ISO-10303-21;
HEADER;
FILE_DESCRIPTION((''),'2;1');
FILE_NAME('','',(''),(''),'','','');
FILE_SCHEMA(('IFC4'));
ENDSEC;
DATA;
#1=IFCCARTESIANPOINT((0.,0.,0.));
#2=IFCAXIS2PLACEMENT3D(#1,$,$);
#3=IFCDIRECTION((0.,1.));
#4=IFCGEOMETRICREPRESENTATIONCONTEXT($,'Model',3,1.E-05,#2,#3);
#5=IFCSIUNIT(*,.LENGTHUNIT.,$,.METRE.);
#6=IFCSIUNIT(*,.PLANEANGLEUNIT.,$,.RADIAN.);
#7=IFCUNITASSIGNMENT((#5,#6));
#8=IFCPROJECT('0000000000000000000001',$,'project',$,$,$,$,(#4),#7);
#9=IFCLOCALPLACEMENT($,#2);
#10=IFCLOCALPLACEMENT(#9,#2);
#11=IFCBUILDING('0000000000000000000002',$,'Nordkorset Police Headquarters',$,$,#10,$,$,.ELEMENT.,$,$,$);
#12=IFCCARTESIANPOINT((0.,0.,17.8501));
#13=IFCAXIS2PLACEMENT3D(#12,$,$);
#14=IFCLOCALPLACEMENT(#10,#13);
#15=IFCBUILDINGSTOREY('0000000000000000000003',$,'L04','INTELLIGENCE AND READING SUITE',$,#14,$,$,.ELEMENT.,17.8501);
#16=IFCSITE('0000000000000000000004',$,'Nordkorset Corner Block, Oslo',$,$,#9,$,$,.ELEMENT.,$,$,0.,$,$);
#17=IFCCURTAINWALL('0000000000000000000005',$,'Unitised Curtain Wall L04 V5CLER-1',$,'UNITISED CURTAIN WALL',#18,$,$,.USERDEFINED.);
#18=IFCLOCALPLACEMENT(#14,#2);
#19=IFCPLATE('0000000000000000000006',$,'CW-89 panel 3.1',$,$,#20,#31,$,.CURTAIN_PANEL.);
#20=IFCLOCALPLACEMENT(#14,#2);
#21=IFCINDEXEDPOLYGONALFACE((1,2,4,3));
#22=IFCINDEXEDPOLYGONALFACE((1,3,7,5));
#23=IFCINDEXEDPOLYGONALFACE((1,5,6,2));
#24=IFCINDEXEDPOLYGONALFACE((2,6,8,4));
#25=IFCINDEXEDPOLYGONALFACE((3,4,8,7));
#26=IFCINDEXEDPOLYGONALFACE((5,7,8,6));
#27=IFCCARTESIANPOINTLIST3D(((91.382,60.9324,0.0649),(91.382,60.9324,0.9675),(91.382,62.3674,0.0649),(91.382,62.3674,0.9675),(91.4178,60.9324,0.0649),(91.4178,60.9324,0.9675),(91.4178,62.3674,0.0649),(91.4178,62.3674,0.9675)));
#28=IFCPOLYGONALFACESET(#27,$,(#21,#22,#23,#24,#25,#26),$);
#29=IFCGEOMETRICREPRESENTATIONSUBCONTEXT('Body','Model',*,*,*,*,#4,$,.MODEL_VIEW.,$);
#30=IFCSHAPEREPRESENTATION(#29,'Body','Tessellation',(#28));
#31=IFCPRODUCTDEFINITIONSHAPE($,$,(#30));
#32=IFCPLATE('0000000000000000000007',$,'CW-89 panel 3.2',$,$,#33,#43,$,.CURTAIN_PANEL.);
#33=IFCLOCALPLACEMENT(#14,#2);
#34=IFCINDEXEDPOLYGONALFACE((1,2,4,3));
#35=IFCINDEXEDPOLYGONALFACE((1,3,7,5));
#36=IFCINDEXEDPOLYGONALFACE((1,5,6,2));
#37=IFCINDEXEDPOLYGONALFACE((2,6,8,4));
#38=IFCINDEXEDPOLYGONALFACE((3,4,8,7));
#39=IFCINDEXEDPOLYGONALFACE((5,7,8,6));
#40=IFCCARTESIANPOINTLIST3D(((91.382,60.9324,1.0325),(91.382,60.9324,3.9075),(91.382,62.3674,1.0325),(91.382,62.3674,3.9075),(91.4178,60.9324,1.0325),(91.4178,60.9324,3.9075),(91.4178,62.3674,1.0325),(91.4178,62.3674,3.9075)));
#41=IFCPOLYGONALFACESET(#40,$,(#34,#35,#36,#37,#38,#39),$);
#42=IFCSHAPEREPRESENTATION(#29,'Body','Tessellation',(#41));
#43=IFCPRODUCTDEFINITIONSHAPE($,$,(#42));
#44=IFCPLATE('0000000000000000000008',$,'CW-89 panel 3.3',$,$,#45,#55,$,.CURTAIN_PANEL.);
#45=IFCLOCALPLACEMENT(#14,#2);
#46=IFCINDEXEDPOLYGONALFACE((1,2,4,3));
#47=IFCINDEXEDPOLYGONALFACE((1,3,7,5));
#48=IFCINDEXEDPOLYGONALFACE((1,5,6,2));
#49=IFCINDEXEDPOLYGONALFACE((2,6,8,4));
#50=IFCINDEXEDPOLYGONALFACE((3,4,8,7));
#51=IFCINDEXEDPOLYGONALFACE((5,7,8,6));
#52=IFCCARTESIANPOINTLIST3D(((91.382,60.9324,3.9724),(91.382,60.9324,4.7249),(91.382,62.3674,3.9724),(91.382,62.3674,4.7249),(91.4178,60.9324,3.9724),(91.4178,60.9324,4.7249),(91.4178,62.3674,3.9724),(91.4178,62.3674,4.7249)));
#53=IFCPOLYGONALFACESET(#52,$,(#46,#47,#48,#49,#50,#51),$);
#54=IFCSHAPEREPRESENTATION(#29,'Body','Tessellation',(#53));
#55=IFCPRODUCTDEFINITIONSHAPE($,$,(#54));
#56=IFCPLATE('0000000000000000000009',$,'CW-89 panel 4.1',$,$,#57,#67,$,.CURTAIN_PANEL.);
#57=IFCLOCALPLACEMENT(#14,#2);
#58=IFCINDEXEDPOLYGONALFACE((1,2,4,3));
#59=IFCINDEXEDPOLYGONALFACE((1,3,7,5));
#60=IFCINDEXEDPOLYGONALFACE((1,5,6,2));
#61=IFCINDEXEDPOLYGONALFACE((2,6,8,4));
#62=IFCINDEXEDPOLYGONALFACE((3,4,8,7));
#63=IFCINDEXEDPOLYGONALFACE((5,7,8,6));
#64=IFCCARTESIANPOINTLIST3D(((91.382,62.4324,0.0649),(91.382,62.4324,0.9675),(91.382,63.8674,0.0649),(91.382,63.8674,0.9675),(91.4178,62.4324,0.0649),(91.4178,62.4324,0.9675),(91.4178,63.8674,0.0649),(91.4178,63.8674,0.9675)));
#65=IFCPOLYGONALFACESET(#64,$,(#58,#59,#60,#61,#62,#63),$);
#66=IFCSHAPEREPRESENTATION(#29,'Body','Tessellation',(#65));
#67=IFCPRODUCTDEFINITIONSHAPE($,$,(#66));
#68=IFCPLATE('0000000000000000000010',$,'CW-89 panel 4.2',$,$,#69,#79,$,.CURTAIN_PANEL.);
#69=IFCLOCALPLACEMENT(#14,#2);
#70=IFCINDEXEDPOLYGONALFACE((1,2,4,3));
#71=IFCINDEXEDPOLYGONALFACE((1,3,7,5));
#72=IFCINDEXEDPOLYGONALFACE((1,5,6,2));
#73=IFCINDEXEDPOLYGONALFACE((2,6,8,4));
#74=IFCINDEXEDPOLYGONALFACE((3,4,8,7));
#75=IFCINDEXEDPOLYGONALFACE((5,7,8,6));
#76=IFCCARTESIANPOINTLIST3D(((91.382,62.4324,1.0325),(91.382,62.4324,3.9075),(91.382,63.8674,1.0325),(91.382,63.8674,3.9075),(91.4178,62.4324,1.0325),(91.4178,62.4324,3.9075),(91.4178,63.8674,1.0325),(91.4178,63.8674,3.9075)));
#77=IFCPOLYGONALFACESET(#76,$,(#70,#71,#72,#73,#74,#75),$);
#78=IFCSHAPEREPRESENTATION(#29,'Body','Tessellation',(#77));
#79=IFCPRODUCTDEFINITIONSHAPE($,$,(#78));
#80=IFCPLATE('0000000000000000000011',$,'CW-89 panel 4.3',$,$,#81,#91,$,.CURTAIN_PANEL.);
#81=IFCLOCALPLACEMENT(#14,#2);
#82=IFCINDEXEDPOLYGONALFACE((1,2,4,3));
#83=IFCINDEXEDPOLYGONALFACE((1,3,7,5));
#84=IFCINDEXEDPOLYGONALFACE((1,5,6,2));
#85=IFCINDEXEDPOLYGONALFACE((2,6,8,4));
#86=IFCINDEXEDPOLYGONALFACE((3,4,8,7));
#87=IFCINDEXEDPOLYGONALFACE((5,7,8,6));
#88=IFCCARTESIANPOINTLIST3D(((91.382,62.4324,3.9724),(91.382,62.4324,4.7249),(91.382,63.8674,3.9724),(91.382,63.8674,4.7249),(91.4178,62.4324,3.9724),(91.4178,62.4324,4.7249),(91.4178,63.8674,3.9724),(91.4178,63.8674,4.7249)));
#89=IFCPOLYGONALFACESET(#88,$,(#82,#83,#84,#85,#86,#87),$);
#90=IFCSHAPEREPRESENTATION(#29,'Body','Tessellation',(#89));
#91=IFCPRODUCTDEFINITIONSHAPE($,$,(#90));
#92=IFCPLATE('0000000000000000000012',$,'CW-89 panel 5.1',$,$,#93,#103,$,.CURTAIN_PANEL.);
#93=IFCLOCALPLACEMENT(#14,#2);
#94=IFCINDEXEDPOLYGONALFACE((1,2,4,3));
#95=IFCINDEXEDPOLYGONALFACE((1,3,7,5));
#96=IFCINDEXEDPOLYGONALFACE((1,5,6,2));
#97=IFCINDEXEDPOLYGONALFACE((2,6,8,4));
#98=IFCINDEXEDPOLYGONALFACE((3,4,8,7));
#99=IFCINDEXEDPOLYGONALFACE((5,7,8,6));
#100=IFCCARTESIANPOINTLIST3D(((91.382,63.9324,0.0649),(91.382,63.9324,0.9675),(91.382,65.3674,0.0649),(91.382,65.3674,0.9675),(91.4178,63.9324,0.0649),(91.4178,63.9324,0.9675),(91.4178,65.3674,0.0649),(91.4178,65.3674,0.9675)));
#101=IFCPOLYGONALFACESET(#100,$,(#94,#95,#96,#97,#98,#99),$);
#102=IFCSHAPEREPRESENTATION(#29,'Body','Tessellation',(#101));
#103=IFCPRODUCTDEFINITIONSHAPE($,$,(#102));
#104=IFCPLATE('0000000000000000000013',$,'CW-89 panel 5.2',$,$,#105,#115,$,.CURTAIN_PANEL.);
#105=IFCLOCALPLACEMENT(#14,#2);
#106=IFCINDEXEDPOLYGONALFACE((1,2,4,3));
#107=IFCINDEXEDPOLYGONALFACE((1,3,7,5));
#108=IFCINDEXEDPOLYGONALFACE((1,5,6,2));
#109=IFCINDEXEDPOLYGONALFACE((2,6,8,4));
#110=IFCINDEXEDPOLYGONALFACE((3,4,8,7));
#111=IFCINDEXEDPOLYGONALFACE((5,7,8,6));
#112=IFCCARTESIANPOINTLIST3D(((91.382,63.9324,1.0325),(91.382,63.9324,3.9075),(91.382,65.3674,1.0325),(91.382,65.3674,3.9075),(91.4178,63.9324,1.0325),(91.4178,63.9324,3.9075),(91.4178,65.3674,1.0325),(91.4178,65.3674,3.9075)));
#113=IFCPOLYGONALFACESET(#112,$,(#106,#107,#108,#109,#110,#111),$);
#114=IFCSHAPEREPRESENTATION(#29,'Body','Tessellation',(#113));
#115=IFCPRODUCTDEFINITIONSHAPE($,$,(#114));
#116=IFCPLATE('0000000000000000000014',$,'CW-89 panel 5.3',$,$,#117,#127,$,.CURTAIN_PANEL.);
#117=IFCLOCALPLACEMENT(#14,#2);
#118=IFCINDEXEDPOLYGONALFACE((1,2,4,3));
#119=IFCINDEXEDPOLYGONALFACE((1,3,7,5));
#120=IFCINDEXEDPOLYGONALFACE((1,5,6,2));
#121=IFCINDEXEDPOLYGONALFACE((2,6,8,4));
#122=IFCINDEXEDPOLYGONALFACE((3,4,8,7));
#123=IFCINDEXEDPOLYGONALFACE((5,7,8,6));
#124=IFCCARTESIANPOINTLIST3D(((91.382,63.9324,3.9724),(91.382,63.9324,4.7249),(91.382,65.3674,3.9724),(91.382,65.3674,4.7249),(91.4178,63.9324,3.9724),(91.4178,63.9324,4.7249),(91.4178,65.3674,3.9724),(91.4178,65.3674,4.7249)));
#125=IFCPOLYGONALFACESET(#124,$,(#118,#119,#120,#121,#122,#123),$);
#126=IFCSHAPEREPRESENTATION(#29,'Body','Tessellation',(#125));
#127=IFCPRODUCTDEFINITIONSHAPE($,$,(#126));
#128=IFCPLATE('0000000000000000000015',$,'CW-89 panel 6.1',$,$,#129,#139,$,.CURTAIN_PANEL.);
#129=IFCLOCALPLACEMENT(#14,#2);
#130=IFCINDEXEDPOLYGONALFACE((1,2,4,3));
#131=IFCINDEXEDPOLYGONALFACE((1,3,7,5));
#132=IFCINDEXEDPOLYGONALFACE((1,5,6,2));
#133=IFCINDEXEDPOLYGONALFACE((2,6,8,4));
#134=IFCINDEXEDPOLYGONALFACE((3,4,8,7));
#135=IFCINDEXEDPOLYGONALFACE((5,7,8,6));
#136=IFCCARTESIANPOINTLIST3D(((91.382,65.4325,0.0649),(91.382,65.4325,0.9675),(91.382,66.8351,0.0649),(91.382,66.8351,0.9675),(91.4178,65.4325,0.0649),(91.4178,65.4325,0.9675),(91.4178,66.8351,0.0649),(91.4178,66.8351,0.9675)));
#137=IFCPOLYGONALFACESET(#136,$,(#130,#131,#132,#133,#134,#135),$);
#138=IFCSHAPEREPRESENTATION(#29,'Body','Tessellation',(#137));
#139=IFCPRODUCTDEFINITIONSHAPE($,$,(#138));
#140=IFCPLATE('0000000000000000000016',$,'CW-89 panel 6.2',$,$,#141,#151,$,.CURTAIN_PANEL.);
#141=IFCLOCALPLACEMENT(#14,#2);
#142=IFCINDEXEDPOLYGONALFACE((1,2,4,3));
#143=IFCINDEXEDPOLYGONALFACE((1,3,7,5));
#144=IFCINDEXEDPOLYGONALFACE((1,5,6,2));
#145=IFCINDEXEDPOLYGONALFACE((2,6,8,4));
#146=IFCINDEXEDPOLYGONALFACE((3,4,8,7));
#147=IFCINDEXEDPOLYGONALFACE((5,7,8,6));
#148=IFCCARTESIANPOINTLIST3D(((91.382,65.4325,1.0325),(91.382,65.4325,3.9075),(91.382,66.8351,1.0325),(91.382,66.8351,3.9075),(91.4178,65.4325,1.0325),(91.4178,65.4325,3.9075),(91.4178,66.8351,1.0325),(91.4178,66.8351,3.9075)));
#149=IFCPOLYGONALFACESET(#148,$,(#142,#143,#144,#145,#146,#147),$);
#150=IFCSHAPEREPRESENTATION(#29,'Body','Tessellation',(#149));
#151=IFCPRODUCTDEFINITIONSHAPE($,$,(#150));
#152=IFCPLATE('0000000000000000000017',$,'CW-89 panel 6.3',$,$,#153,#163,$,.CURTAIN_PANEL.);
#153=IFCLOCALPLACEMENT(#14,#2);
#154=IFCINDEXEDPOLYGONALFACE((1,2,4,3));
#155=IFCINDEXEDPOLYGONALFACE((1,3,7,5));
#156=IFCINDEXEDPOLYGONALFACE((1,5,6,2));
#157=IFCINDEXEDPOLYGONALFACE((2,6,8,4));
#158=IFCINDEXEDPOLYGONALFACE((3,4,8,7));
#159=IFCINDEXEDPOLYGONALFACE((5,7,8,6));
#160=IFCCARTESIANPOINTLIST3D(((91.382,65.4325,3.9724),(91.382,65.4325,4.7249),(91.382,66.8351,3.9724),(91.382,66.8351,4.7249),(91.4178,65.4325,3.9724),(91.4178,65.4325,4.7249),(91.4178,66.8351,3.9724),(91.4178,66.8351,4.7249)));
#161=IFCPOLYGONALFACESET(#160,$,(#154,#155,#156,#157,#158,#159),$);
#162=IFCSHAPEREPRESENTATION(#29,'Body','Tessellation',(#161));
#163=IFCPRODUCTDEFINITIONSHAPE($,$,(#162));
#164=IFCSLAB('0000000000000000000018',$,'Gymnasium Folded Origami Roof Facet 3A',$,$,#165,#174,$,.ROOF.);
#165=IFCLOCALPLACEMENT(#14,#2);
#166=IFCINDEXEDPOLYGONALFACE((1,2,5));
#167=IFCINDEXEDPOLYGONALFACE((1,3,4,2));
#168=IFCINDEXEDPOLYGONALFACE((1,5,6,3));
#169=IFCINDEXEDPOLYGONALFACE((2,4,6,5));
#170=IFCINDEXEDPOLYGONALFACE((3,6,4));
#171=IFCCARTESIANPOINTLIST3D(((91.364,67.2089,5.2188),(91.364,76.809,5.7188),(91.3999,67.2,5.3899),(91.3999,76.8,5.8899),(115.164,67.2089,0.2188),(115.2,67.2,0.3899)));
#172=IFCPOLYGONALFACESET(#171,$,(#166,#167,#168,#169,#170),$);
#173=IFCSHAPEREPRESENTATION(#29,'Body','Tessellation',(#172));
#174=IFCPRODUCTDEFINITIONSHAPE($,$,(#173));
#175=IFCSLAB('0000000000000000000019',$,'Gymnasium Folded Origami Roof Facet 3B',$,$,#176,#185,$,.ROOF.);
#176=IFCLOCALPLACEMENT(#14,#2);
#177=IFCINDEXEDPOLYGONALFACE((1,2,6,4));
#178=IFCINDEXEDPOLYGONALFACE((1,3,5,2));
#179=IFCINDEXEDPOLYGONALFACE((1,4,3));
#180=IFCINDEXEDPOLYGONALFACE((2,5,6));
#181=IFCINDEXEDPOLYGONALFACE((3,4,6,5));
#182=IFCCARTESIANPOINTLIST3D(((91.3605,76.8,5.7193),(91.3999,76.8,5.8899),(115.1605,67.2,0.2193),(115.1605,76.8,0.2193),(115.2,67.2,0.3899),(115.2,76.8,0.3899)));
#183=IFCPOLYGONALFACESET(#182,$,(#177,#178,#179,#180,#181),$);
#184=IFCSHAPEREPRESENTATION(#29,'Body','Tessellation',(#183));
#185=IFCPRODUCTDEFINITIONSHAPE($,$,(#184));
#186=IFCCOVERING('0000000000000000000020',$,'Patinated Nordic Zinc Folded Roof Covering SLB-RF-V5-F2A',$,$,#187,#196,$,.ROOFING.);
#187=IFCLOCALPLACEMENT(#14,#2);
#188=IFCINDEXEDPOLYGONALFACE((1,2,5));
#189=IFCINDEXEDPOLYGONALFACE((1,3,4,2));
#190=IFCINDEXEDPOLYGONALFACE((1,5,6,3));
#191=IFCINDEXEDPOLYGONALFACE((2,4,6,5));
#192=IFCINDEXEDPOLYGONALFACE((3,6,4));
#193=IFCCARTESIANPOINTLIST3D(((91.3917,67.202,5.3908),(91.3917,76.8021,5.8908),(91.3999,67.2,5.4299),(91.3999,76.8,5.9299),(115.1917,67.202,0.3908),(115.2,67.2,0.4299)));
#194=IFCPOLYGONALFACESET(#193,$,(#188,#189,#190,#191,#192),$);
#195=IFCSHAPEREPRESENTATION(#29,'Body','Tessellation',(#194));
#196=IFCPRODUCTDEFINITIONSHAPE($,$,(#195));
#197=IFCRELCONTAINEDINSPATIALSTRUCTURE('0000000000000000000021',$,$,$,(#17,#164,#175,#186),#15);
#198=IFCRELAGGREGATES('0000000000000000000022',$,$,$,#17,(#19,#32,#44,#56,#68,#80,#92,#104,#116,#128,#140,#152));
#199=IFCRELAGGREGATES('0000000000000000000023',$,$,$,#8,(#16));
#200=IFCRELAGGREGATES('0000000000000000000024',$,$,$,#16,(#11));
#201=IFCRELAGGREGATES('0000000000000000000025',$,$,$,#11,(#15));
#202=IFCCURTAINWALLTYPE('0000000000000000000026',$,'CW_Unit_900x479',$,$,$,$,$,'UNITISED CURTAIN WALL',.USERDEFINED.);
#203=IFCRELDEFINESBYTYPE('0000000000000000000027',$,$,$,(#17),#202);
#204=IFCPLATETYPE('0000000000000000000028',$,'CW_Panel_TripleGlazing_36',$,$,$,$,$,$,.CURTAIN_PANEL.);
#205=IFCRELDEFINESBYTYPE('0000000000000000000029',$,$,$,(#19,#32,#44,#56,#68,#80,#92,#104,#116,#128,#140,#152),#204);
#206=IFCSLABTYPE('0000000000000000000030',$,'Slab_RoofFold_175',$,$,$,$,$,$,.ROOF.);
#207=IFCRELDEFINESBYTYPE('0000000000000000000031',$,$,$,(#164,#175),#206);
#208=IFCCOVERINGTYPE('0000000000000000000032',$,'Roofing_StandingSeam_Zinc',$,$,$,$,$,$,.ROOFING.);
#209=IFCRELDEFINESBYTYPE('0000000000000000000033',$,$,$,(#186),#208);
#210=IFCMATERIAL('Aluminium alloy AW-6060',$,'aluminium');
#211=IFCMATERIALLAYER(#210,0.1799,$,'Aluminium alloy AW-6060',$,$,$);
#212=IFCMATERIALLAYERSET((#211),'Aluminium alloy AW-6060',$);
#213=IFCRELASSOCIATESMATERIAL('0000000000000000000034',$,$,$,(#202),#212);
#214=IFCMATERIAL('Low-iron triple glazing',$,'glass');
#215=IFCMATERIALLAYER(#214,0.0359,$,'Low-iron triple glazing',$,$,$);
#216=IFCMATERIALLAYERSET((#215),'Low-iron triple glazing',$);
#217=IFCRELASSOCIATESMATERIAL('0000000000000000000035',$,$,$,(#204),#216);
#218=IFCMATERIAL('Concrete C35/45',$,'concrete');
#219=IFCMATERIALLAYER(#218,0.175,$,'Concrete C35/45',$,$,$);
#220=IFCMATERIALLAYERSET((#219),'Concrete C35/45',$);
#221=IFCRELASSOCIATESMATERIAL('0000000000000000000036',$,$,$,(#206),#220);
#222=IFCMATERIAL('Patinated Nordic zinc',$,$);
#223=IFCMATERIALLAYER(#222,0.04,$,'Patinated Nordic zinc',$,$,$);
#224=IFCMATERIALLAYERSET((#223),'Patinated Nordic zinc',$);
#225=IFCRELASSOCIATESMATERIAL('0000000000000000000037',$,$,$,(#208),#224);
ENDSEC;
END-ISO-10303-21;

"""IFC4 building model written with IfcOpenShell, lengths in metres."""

from ifc_helpers import new_model, si_unit, direction, frame, origin, origin_2d, place, context, subcontext, project, spatial, polyline, rectangle, outline, extrude, material, layer, layer_set, type_object, element, aggregate, save


model = new_model("IFC4")

# Units and contexts
model_context = context("Model", 3, precision=1e-05, world=origin(), true_north=direction((0.0, 1.0)))
body_context = subcontext(model_context, "Body", "Model", "MODEL_VIEW")
ifc_project = project(units=[si_unit("LENGTHUNIT", "METRE"), si_unit("PLANEANGLEUNIT", "RADIAN")], contexts=[model_context])

# Site, building, storey
site_placement = place(None, origin())
site = spatial("IfcSite", under=ifc_project, at=site_placement, Name="Nordkorset Corner Block, Oslo", CompositionType="ELEMENT", RefElevation=0.0)
building_placement = place(site_placement, origin())
building = spatial("IfcBuilding", under=site, at=building_placement, Name="Nordkorset Police Headquarters", CompositionType="ELEMENT")
storey_placement = place(building_placement, frame((0.0, 0.0, 17.8501)))
storey = spatial("IfcBuildingStorey", under=building, at=storey_placement, Name="L04", Description="INTELLIGENCE AND READING SUITE", CompositionType="ELEMENT", Elevation=17.8501)

# Curtain wall
ifc_material_1 = material(Name="Aluminium alloy AW-6060", Category="aluminium")
ifc_layer_1 = layer(ifc_material_1, 0.1799, Name="Aluminium alloy AW-6060")
ifc_layer_set_1 = layer_set([ifc_layer_1], Name="Aluminium alloy AW-6060")
curtain_wall_type = type_object("IfcCurtainWallType", Name="CW_Unit_900x479", ElementType="UNITISED CURTAIN WALL", PredefinedType="USERDEFINED", material=ifc_layer_set_1)
curtain_wall_placement = place(storey_placement, origin())
curtain_wall = element("IfcCurtainWall", 1, at=curtain_wall_placement, inside=storey, type_object=curtain_wall_type, Name="Unitised Curtain Wall L04 V5CLER-1", ObjectType="UNITISED CURTAIN WALL", PredefinedType="USERDEFINED")

# Plates
ifc_material_2 = material(Name="Low-iron triple glazing", Category="glass")
ifc_layer_2 = layer(ifc_material_2, 0.0359, Name="Low-iron triple glazing")
ifc_layer_set_2 = layer_set([ifc_layer_2], Name="Low-iron triple glazing")
plate_type = type_object("IfcPlateType", Name="CW_Panel_TripleGlazing_36", PredefinedType="CURTAIN_PANEL", material=ifc_layer_set_2)
plate_1_placement = place(storey_placement, frame((91.3999, 61.6499, 0.0649), z_axis=(0.0, 0.0, 1.0), x_axis=(0.0, 1.0, 0.0)))
plate_1 = element("IfcPlate", 2, at=plate_1_placement, type_object=plate_type, Name="CW-89 panel 3.1", PredefinedType="CURTAIN_PANEL", context=body_context, shape_type="SweptSolid", body=[
    extrude(rectangle(XDim=1.4351, YDim=0.0359, at=origin_2d()), origin(), (0.0, 0.0, 1.0), 0.9026),
])
plate_2_placement = place(storey_placement, frame((91.3999, 61.6499, 1.0325), z_axis=(0.0, 0.0, 1.0), x_axis=(0.0, 1.0, 0.0)))
plate_2 = element("IfcPlate", 3, at=plate_2_placement, type_object=plate_type, Name="CW-89 panel 3.2", PredefinedType="CURTAIN_PANEL", context=body_context, shape_type="SweptSolid", body=[
    extrude(rectangle(XDim=1.4351, YDim=0.0359, at=origin_2d()), origin(), (0.0, 0.0, 1.0), 2.875),
])
plate_3_placement = place(storey_placement, frame((91.3999, 61.6499, 3.9724), z_axis=(0.0, 0.0, 1.0), x_axis=(0.0, 1.0, 0.0)))
plate_3 = element("IfcPlate", 4, at=plate_3_placement, type_object=plate_type, Name="CW-89 panel 3.3", PredefinedType="CURTAIN_PANEL", context=body_context, shape_type="SweptSolid", body=[
    extrude(rectangle(XDim=1.4351, YDim=0.0359, at=origin_2d()), origin(), (0.0, 0.0, 1.0), 0.7524),
])
plate_4_placement = place(storey_placement, frame((91.3999, 63.1499, 0.0649), z_axis=(0.0, 0.0, 1.0), x_axis=(0.0, 1.0, 0.0)))
plate_4 = element("IfcPlate", 5, at=plate_4_placement, type_object=plate_type, Name="CW-89 panel 4.1", PredefinedType="CURTAIN_PANEL", context=body_context, shape_type="SweptSolid", body=[
    extrude(rectangle(XDim=1.4351, YDim=0.0359, at=origin_2d()), origin(), (0.0, 0.0, 1.0), 0.9026),
])
plate_5_placement = place(storey_placement, frame((91.3999, 63.1499, 1.0325), z_axis=(0.0, 0.0, 1.0), x_axis=(0.0, 1.0, 0.0)))
plate_5 = element("IfcPlate", 6, at=plate_5_placement, type_object=plate_type, Name="CW-89 panel 4.2", PredefinedType="CURTAIN_PANEL", context=body_context, shape_type="SweptSolid", body=[
    extrude(rectangle(XDim=1.4351, YDim=0.0359, at=origin_2d()), origin(), (0.0, 0.0, 1.0), 2.875),
])
plate_6_placement = place(storey_placement, frame((91.3999, 63.1499, 3.9724), z_axis=(0.0, 0.0, 1.0), x_axis=(0.0, 1.0, 0.0)))
plate_6 = element("IfcPlate", 7, at=plate_6_placement, type_object=plate_type, Name="CW-89 panel 4.3", PredefinedType="CURTAIN_PANEL", context=body_context, shape_type="SweptSolid", body=[
    extrude(rectangle(XDim=1.4351, YDim=0.0359, at=origin_2d()), origin(), (0.0, 0.0, 1.0), 0.7524),
])
plate_7_placement = place(storey_placement, frame((91.3999, 64.6499, 0.0649), z_axis=(0.0, 0.0, 1.0), x_axis=(0.0, 1.0, 0.0)))
plate_7 = element("IfcPlate", 8, at=plate_7_placement, type_object=plate_type, Name="CW-89 panel 5.1", PredefinedType="CURTAIN_PANEL", context=body_context, shape_type="SweptSolid", body=[
    extrude(rectangle(XDim=1.4351, YDim=0.0359, at=origin_2d()), origin(), (0.0, 0.0, 1.0), 0.9026),
])
plate_8_placement = place(storey_placement, frame((91.3999, 64.6499, 1.0325), z_axis=(0.0, 0.0, 1.0), x_axis=(0.0, 1.0, 0.0)))
plate_8 = element("IfcPlate", 9, at=plate_8_placement, type_object=plate_type, Name="CW-89 panel 5.2", PredefinedType="CURTAIN_PANEL", context=body_context, shape_type="SweptSolid", body=[
    extrude(rectangle(XDim=1.4351, YDim=0.0359, at=origin_2d()), origin(), (0.0, 0.0, 1.0), 2.875),
])
plate_9_placement = place(storey_placement, frame((91.3999, 64.6499, 3.9724), z_axis=(0.0, 0.0, 1.0), x_axis=(0.0, 1.0, 0.0)))
plate_9 = element("IfcPlate", 10, at=plate_9_placement, type_object=plate_type, Name="CW-89 panel 5.3", PredefinedType="CURTAIN_PANEL", context=body_context, shape_type="SweptSolid", body=[
    extrude(rectangle(XDim=1.4351, YDim=0.0359, at=origin_2d()), origin(), (0.0, 0.0, 1.0), 0.7524),
])
plate_10_placement = place(storey_placement, frame((91.3999, 66.1338, 0.0649), z_axis=(0.0, 0.0, 1.0), x_axis=(0.0, 1.0, 0.0)))
plate_10 = element("IfcPlate", 11, at=plate_10_placement, type_object=plate_type, Name="CW-89 panel 6.1", PredefinedType="CURTAIN_PANEL", context=body_context, shape_type="SweptSolid", body=[
    extrude(rectangle(XDim=1.4026, YDim=0.0359, at=origin_2d()), origin(), (0.0, 0.0, 1.0), 0.9026),
])
plate_11_placement = place(storey_placement, frame((91.3999, 66.1338, 1.0325), z_axis=(0.0, 0.0, 1.0), x_axis=(0.0, 1.0, 0.0)))
plate_11 = element("IfcPlate", 12, at=plate_11_placement, type_object=plate_type, Name="CW-89 panel 6.2", PredefinedType="CURTAIN_PANEL", context=body_context, shape_type="SweptSolid", body=[
    extrude(rectangle(XDim=1.4026, YDim=0.0359, at=origin_2d()), origin(), (0.0, 0.0, 1.0), 2.875),
])
plate_12_placement = place(storey_placement, frame((91.3999, 66.1338, 3.9724), z_axis=(0.0, 0.0, 1.0), x_axis=(0.0, 1.0, 0.0)))
plate_12 = element("IfcPlate", 13, at=plate_12_placement, type_object=plate_type, Name="CW-89 panel 6.3", PredefinedType="CURTAIN_PANEL", context=body_context, shape_type="SweptSolid", body=[
    extrude(rectangle(XDim=1.4026, YDim=0.0359, at=origin_2d()), origin(), (0.0, 0.0, 1.0), 0.7524),
])
aggregate(curtain_wall, [plate_1, plate_2, plate_3, plate_4, plate_5, plate_6, plate_7, plate_8, plate_9, plate_10, plate_11, plate_12])

# Slabs
ifc_material_3 = material(Name="Concrete C35/45", Category="concrete")
ifc_layer_3 = layer(ifc_material_3, 0.175, Name="Concrete C35/45")
ifc_layer_set_3 = layer_set([ifc_layer_3], Name="Concrete C35/45")
slab_type = type_object("IfcSlabType", Name="Slab_RoofFold_175", PredefinedType="ROOF", material=ifc_layer_set_3)
slab_1_placement = place(storey_placement, frame((91.3999, 67.2, 5.3899), z_axis=(0.205329, -0.050904, 0.977368), x_axis=(0.978637, 0.0, -0.205596)))
element("IfcSlab", 14, at=slab_1_placement, inside=storey, type_object=slab_type, Name="Gymnasium Folded Origami Roof Facet 3A", PredefinedType="ROOF", context=body_context, shape_type="SweptSolid", body=[
    extrude(outline(polyline([(0.0, 0.0), (24.3196, 0.0), (-0.1028, 9.6126), (0.0, 0.0)])), origin(), (0.0, 0.0, -1.0), 0.175),
])
slab_2_placement = place(storey_placement, frame((115.2, 67.2, 0.3899), z_axis=(0.225158, 0.0, 0.974322), x_axis=(0.0, 1.0, 0.0)))
element("IfcSlab", 15, at=slab_2_placement, inside=storey, type_object=slab_type, Name="Gymnasium Folded Origami Roof Facet 3B", PredefinedType="ROOF", context=body_context, shape_type="SweptSolid", body=[
    extrude(outline(polyline([(0.0, 0.0), (9.6001, 0.0), (9.6001, 24.4273), (0.0, 0.0)])), origin(), (0.0, 0.0, -1.0), 0.175),
])

# Covering
ifc_material_4 = material(Name="Patinated Nordic zinc")
ifc_layer_4 = layer(ifc_material_4, 0.04, Name="Patinated Nordic zinc")
ifc_layer_set_4 = layer_set([ifc_layer_4], Name="Patinated Nordic zinc")
covering_type = type_object("IfcCoveringType", Name="Roofing_StandingSeam_Zinc", PredefinedType="ROOFING", material=ifc_layer_set_4)
covering_1_placement = place(storey_placement, frame((91.3999, 67.2, 5.4299), z_axis=(0.205329, -0.050904, 0.977368), x_axis=(0.978637, 0.0, -0.205596)))
element("IfcCovering", 16, at=covering_1_placement, inside=storey, type_object=covering_type, Name="Patinated Nordic Zinc Folded Roof Covering SLB-RF-V5-F2A", PredefinedType="ROOFING", context=body_context, shape_type="SweptSolid", body=[
    extrude(outline(polyline([(0.0, 0.0), (24.3196, 0.0), (-0.1028, 9.6126), (0.0, 0.0)])), origin(), (0.0, 0.0, -1.0), 0.04),
])

save(model, "model.ifc")
